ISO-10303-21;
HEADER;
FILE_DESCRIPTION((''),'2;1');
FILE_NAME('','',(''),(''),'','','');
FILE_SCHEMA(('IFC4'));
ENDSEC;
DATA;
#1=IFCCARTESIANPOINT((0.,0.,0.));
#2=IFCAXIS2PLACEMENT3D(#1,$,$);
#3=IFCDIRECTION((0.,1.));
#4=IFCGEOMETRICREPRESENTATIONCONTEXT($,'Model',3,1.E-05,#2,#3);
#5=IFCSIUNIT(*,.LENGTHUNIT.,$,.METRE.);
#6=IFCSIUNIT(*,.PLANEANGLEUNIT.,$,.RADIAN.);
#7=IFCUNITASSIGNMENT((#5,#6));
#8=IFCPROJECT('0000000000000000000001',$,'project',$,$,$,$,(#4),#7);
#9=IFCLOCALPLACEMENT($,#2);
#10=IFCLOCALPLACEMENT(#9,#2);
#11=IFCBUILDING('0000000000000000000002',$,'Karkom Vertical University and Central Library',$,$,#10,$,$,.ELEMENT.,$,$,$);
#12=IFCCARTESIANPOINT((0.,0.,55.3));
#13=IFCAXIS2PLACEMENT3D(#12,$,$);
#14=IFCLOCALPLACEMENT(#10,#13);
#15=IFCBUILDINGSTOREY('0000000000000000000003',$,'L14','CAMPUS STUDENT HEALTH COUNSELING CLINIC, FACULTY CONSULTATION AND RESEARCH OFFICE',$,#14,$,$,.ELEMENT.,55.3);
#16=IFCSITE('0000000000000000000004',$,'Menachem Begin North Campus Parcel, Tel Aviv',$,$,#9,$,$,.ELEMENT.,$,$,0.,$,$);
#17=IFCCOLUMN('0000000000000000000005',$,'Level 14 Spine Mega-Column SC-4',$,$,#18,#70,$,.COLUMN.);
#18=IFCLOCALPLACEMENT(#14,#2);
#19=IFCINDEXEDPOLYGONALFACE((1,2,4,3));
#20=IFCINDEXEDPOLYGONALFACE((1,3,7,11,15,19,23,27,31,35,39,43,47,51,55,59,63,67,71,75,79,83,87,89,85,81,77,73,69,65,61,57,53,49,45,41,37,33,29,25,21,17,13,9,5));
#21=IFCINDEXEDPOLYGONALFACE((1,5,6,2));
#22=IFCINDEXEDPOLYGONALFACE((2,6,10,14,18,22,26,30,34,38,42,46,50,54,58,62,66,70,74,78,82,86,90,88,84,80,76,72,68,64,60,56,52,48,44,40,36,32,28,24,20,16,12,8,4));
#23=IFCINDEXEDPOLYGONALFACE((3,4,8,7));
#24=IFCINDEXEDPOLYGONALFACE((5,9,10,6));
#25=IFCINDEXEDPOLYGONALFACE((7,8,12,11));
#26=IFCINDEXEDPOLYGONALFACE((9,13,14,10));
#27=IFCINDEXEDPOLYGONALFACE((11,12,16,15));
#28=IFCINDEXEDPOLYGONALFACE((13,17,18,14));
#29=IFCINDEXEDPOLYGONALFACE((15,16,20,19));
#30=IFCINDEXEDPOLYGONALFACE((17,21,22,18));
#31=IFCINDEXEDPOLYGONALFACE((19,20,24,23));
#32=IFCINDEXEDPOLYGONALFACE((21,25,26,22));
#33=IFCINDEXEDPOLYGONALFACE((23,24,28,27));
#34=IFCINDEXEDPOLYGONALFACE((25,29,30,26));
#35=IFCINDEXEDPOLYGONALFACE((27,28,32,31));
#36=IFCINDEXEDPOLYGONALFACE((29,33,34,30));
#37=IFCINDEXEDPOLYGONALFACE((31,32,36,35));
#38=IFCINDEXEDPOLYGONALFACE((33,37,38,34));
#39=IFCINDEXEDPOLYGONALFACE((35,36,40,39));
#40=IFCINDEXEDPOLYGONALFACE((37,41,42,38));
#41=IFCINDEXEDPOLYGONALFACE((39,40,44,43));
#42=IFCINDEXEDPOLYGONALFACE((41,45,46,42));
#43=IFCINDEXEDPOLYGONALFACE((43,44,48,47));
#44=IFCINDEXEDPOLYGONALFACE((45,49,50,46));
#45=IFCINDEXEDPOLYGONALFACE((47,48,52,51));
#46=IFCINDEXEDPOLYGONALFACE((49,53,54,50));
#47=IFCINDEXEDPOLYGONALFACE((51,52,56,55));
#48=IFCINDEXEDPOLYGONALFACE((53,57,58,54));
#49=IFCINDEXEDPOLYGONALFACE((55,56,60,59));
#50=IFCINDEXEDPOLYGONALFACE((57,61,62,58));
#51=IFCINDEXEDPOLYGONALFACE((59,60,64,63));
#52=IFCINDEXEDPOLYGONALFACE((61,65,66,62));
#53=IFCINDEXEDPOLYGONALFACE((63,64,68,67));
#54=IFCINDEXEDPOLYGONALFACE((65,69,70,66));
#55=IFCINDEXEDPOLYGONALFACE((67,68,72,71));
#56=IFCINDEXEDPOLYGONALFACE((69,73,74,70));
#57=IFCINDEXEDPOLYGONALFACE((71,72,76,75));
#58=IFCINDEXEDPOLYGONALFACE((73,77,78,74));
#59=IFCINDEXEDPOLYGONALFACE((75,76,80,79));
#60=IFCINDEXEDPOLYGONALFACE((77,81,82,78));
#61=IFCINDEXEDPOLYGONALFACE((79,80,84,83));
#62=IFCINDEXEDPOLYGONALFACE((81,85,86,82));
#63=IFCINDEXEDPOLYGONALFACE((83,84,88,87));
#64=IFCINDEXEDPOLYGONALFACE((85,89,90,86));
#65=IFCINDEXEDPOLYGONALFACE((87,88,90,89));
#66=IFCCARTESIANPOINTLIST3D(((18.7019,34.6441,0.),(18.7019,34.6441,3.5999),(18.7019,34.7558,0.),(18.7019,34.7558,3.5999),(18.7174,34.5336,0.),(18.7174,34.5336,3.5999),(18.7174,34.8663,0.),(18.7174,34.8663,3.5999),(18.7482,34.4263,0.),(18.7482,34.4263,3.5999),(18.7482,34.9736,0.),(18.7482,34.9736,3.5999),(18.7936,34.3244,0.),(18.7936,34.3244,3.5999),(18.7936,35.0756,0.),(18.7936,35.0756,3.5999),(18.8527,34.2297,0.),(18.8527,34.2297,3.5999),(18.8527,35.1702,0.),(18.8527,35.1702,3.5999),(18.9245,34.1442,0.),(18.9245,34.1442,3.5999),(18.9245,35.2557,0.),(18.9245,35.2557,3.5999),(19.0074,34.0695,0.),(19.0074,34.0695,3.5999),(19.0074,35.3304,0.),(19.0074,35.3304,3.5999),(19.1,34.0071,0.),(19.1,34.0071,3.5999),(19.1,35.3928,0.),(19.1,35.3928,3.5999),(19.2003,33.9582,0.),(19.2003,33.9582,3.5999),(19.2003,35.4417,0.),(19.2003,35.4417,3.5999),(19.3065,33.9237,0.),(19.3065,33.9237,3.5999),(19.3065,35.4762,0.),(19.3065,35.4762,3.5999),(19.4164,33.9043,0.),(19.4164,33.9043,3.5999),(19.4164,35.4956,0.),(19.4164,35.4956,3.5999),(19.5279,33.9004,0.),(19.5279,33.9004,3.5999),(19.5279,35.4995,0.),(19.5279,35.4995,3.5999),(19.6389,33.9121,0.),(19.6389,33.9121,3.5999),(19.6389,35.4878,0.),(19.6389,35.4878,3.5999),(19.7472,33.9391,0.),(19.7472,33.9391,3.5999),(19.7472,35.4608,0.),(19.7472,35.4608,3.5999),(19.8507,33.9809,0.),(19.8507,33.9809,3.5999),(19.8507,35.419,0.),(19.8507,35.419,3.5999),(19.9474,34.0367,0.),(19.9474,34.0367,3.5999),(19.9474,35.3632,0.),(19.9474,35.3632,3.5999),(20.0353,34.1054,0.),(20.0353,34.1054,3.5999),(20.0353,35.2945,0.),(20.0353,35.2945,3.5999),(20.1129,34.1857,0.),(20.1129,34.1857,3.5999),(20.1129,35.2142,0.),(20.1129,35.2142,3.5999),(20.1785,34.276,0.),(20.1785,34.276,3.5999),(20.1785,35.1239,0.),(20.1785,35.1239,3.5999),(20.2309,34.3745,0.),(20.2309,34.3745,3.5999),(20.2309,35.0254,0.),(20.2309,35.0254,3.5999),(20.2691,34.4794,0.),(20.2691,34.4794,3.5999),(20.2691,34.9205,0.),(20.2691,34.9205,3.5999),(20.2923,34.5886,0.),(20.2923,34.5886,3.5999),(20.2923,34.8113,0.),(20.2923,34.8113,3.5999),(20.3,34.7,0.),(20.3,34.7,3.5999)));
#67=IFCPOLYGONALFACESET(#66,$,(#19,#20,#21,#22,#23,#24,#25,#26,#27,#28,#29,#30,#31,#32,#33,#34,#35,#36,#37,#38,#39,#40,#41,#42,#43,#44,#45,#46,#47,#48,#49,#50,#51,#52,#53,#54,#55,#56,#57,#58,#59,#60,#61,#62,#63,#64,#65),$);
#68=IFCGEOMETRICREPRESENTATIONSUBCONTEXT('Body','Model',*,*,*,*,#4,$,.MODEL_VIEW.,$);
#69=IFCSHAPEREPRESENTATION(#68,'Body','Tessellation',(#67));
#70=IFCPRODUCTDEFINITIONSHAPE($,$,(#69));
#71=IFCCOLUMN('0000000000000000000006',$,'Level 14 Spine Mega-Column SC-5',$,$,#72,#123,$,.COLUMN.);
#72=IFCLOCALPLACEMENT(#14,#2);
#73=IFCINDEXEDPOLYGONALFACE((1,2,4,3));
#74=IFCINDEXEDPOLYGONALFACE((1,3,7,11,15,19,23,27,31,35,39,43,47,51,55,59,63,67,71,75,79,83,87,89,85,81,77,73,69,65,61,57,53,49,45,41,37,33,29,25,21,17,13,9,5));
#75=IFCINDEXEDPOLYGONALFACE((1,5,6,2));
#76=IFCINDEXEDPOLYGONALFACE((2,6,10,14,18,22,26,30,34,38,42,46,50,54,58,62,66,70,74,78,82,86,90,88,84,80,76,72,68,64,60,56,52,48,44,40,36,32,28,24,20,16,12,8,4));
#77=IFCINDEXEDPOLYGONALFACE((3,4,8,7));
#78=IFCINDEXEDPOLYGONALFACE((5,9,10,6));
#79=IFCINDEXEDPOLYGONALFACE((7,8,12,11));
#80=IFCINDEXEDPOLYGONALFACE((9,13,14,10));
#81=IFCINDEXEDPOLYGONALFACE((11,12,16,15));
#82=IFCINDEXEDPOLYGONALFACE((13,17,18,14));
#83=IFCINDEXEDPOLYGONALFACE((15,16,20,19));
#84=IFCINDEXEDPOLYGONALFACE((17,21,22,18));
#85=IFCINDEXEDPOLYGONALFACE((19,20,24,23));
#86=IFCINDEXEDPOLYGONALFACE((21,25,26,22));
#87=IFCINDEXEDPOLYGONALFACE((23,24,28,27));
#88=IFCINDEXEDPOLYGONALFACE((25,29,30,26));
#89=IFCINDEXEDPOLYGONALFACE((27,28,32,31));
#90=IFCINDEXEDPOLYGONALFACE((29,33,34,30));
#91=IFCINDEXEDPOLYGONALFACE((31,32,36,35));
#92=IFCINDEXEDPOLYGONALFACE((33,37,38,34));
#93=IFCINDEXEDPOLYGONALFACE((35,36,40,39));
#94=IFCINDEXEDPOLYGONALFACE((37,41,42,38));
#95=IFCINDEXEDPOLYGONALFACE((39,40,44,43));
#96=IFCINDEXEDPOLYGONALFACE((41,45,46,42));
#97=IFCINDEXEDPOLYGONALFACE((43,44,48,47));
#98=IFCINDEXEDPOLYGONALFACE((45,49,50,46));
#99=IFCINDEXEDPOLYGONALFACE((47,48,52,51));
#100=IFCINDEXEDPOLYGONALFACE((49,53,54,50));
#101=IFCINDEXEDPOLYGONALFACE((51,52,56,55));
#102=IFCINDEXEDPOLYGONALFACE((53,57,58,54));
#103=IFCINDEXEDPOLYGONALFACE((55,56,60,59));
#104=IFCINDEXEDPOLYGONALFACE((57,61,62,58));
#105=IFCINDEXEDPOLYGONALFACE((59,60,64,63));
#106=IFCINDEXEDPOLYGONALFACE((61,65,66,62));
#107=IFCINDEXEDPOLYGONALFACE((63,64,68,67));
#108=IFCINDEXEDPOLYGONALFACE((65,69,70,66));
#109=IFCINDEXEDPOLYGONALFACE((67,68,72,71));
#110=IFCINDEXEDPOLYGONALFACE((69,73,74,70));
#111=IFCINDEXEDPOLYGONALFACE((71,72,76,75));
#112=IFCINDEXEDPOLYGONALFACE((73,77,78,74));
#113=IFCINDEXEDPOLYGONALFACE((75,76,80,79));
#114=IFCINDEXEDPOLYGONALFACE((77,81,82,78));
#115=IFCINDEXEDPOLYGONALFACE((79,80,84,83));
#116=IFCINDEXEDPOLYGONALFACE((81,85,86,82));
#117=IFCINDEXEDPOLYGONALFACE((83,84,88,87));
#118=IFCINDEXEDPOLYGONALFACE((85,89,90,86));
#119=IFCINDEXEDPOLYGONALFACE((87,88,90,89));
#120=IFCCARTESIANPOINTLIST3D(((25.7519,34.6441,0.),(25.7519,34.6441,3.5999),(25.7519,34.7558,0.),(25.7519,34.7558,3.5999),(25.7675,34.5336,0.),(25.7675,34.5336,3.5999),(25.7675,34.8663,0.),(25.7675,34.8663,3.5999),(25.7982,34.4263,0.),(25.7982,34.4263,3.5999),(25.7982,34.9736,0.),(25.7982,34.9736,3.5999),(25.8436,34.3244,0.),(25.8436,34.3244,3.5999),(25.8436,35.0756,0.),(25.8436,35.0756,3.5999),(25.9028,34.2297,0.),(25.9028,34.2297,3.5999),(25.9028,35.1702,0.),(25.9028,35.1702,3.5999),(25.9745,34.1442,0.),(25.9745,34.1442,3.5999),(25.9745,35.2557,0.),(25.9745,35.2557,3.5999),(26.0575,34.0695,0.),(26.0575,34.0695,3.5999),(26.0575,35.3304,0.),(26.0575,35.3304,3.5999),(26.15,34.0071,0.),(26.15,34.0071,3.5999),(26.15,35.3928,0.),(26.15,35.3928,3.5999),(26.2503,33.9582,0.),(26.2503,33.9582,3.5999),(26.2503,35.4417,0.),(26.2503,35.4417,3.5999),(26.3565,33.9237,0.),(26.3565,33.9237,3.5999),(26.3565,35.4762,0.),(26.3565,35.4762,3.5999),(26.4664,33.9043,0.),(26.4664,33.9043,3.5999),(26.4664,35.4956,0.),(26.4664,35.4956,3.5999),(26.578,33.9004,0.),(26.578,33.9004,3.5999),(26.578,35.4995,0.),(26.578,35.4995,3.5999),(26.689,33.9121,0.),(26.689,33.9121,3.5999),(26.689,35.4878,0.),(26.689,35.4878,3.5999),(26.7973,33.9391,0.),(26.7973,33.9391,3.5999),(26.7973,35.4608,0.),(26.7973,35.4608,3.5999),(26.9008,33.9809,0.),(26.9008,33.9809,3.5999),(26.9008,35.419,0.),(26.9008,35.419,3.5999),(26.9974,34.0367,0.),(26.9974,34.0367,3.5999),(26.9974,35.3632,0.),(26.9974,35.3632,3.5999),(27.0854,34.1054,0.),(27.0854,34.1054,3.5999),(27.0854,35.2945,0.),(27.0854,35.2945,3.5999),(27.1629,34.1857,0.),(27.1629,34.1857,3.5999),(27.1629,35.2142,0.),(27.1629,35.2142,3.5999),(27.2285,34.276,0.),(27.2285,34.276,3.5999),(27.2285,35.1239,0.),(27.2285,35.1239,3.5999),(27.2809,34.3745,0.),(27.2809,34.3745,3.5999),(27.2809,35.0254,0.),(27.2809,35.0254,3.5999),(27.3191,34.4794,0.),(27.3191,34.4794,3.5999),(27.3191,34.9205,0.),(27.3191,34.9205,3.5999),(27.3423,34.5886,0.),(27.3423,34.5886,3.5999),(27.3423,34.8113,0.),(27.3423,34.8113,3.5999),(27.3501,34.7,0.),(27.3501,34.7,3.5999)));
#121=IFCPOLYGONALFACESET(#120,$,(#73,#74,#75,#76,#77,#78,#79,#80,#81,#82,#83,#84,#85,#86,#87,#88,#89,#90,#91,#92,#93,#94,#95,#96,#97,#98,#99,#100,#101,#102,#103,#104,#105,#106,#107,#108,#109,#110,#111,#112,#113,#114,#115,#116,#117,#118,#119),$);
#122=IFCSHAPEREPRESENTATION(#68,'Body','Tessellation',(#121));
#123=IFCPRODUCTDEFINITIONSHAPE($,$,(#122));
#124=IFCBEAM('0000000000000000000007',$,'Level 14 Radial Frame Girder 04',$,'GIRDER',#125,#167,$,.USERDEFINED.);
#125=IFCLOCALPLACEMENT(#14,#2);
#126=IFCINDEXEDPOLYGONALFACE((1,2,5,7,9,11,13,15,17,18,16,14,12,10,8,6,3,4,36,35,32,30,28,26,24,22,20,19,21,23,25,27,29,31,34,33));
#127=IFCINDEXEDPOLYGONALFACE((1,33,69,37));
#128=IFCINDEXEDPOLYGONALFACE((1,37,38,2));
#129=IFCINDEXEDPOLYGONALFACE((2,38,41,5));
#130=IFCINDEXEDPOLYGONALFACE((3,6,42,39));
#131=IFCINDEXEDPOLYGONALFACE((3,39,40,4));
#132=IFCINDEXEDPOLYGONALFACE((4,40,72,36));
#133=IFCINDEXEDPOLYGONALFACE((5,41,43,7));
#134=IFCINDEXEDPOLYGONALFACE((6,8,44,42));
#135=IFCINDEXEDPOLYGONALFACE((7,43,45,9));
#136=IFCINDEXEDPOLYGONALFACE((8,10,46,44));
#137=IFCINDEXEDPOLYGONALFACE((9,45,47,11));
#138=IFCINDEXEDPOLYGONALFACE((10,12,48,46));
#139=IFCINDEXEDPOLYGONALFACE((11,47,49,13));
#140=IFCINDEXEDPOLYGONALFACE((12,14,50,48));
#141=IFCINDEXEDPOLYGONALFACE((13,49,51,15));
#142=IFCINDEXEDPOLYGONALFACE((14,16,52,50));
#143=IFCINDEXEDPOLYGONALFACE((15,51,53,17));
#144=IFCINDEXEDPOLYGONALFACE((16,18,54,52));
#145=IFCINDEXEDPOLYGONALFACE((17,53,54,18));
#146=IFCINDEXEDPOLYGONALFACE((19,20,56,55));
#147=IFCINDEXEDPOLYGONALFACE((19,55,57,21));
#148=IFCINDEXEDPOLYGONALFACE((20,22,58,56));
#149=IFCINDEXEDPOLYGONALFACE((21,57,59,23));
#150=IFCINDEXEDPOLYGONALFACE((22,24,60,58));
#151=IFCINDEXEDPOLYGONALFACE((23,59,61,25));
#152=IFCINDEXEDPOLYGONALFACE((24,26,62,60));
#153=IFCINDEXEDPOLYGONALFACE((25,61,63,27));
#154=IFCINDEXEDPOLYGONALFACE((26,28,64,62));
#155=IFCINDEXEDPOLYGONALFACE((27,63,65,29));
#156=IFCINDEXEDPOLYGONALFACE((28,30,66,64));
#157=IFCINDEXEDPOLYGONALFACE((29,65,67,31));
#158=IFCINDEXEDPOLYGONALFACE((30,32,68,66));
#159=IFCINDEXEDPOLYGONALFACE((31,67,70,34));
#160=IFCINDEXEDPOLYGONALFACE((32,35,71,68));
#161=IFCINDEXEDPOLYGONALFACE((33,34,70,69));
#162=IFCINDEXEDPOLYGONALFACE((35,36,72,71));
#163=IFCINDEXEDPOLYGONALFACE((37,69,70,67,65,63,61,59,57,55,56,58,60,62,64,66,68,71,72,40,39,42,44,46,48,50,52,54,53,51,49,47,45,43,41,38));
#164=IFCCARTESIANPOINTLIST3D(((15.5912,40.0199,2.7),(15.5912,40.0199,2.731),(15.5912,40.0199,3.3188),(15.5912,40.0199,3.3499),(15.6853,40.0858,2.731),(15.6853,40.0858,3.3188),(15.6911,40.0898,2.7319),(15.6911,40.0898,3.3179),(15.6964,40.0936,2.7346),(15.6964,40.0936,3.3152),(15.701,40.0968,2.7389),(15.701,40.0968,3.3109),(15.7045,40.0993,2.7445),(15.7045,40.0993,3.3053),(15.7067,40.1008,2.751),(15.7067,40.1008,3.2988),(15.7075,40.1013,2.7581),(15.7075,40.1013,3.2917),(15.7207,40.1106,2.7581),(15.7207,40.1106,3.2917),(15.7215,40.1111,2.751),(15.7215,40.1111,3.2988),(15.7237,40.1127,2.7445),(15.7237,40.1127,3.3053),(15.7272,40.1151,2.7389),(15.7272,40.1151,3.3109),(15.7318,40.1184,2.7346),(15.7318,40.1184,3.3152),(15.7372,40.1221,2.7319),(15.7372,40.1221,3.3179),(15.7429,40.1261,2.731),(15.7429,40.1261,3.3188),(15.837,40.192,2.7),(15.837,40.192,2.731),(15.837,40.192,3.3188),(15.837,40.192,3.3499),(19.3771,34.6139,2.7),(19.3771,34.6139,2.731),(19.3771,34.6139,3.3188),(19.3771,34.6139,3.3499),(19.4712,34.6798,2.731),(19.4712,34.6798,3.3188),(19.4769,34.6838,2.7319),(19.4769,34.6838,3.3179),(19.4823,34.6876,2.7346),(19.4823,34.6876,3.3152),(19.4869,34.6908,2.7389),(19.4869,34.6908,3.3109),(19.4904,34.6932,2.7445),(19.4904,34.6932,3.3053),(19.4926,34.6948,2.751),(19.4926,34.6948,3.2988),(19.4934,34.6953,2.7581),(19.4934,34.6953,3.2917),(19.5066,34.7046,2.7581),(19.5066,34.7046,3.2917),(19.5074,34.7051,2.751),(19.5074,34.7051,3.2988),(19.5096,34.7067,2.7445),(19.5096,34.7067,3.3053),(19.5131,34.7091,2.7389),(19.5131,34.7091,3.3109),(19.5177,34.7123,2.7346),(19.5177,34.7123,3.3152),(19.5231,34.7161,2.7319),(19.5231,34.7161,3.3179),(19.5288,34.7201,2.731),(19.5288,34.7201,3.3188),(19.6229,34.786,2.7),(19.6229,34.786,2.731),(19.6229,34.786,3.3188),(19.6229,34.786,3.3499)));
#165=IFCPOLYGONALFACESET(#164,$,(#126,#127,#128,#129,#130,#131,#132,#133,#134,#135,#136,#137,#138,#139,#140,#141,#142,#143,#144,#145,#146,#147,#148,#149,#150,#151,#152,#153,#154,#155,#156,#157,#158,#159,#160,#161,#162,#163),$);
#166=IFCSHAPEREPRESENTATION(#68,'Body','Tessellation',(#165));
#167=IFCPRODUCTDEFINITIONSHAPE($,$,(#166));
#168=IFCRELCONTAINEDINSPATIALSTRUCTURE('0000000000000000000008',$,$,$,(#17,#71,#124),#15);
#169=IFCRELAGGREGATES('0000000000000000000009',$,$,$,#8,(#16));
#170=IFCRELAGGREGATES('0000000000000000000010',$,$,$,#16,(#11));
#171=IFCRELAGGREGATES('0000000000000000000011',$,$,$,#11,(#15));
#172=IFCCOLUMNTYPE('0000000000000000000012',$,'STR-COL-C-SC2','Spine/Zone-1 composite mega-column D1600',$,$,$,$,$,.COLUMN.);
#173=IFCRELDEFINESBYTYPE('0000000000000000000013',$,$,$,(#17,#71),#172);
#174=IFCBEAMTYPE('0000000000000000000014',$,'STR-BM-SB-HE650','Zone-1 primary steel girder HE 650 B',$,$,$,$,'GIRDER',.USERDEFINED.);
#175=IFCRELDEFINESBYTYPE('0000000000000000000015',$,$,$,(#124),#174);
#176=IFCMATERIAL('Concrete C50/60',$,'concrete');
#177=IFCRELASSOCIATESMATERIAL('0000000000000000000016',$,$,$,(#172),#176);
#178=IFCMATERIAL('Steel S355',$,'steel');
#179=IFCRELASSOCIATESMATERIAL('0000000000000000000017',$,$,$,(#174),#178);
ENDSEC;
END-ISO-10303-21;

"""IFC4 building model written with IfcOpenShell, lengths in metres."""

from ifc_helpers import new_model, si_unit, direction, frame, origin, origin_with_axes, origin_2d, place, context, subcontext, project, spatial, circle, i_section, extrude, source, transform, mapped, material, material_profile, profile_set, type_object, element, save


model = new_model("IFC4")

# Units and contexts
model_context = context("Model", 3, precision=1e-05, world=origin(), true_north=direction((0.0, 1.0)))
body_context = subcontext(model_context, "Body", "Model", "MODEL_VIEW")
ifc_project = project(units=[si_unit("LENGTHUNIT", "METRE"), si_unit("PLANEANGLEUNIT", "RADIAN")], contexts=[model_context])

# Site, building, storey
site_placement = place(None, origin())
site = spatial("IfcSite", under=ifc_project, at=site_placement, Name="Menachem Begin North Campus Parcel, Tel Aviv", CompositionType="ELEMENT", RefElevation=0.0)
building_placement = place(site_placement, origin())
building = spatial("IfcBuilding", under=site, at=building_placement, Name="Karkom Vertical University and Central Library", CompositionType="ELEMENT")
storey_placement = place(building_placement, frame((0.0, 0.0, 55.3)))
storey = spatial("IfcBuildingStorey", under=building, at=storey_placement, Name="L14", Description="CAMPUS STUDENT HEALTH COUNSELING CLINIC, FACULTY CONSULTATION AND RESEARCH OFFICE", CompositionType="ELEMENT", Elevation=55.3)

# Columns
ifc_material_1 = material(Name="Concrete C50/60", Category="concrete")
ifc_material_profile_1 = material_profile(ifc_material_1, circle(Radius=0.8, at=origin_2d()), Name="CFT-D1600")
ifc_profile_set_1 = profile_set([ifc_material_profile_1], Name="Concrete C50/60")
column_type = type_object("IfcColumnType", Name="STR-COL-C-SC2", Description="Spine/Zone-1 composite mega-column D1600", PredefinedType="COLUMN", material=ifc_profile_set_1)
shared_shape_1 = source(origin_with_axes(), body_context, "Body", "SweptSolid", [
    extrude(circle(Radius=0.8, at=origin_2d()), origin(), (0.0, 0.0, 1.0), 3.5999),
])
for number, where, z_axis, x_axis, name in (
    (1, (19.5, 34.7, 0.0), (0.0, 0.0, 1.0), (1.0, 0.0, 0.0), "Level 14 Spine Mega-Column SC-4"),
    (2, (26.55, 34.7, 0.0), (0.0, 0.0, 1.0), (1.0, 0.0, 0.0), "Level 14 Spine Mega-Column SC-5"),
):
    element("IfcColumn", number, at=place(storey_placement, frame(where, z_axis=z_axis, x_axis=x_axis)), inside=storey, type_object=column_type, Name=name, PredefinedType="COLUMN", context=body_context, shape_type="MappedRepresentation", body=[
        mapped(shared_shape_1, transform((0.0, 0.0, 0.0), scale=1.0)),
    ])

# Beam
ifc_material_2 = material(Name="Steel S355", Category="steel")
ifc_material_profile_2 = material_profile(ifc_material_2, i_section(OverallWidth=0.3, OverallDepth=0.6499, WebThickness=0.0161, FlangeThickness=0.031, FilletRadius=0.0271, at=origin_2d()), Name="HE 650 B")
ifc_profile_set_2 = profile_set([ifc_material_profile_2], Name="Steel S355")
beam_type_1 = type_object("IfcBeamType", Name="STR-BM-SB-HE650", Description="Zone-1 primary steel girder HE 650 B", ElementType="GIRDER", PredefinedType="USERDEFINED", material=ifc_profile_set_2)
shared_shape_2 = source(origin_with_axes(), body_context, "Body", "SweptSolid", [
    extrude(i_section(OverallWidth=0.3, OverallDepth=0.6499, WebThickness=0.0161, FlangeThickness=0.031, FilletRadius=0.0271, at=origin_2d()), origin(), (0.0, 0.0, 1.0), 6.5999),
])
beam_1_placement = place(storey_placement, frame((19.5, 34.7, 3.0249), z_axis=(-0.573634, 0.819112, 0.0), x_axis=(-0.819112, -0.573634, 0.0)))
element("IfcBeam", 3, at=beam_1_placement, inside=storey, type_object=beam_type_1, Name="Level 14 Radial Frame Girder 04", ObjectType="GIRDER", PredefinedType="USERDEFINED", context=body_context, shape_type="MappedRepresentation", body=[
    mapped(shared_shape_2, transform((0.0, 0.0, 0.0), scale=1.0)),
])

save(model, "model.ifc")
